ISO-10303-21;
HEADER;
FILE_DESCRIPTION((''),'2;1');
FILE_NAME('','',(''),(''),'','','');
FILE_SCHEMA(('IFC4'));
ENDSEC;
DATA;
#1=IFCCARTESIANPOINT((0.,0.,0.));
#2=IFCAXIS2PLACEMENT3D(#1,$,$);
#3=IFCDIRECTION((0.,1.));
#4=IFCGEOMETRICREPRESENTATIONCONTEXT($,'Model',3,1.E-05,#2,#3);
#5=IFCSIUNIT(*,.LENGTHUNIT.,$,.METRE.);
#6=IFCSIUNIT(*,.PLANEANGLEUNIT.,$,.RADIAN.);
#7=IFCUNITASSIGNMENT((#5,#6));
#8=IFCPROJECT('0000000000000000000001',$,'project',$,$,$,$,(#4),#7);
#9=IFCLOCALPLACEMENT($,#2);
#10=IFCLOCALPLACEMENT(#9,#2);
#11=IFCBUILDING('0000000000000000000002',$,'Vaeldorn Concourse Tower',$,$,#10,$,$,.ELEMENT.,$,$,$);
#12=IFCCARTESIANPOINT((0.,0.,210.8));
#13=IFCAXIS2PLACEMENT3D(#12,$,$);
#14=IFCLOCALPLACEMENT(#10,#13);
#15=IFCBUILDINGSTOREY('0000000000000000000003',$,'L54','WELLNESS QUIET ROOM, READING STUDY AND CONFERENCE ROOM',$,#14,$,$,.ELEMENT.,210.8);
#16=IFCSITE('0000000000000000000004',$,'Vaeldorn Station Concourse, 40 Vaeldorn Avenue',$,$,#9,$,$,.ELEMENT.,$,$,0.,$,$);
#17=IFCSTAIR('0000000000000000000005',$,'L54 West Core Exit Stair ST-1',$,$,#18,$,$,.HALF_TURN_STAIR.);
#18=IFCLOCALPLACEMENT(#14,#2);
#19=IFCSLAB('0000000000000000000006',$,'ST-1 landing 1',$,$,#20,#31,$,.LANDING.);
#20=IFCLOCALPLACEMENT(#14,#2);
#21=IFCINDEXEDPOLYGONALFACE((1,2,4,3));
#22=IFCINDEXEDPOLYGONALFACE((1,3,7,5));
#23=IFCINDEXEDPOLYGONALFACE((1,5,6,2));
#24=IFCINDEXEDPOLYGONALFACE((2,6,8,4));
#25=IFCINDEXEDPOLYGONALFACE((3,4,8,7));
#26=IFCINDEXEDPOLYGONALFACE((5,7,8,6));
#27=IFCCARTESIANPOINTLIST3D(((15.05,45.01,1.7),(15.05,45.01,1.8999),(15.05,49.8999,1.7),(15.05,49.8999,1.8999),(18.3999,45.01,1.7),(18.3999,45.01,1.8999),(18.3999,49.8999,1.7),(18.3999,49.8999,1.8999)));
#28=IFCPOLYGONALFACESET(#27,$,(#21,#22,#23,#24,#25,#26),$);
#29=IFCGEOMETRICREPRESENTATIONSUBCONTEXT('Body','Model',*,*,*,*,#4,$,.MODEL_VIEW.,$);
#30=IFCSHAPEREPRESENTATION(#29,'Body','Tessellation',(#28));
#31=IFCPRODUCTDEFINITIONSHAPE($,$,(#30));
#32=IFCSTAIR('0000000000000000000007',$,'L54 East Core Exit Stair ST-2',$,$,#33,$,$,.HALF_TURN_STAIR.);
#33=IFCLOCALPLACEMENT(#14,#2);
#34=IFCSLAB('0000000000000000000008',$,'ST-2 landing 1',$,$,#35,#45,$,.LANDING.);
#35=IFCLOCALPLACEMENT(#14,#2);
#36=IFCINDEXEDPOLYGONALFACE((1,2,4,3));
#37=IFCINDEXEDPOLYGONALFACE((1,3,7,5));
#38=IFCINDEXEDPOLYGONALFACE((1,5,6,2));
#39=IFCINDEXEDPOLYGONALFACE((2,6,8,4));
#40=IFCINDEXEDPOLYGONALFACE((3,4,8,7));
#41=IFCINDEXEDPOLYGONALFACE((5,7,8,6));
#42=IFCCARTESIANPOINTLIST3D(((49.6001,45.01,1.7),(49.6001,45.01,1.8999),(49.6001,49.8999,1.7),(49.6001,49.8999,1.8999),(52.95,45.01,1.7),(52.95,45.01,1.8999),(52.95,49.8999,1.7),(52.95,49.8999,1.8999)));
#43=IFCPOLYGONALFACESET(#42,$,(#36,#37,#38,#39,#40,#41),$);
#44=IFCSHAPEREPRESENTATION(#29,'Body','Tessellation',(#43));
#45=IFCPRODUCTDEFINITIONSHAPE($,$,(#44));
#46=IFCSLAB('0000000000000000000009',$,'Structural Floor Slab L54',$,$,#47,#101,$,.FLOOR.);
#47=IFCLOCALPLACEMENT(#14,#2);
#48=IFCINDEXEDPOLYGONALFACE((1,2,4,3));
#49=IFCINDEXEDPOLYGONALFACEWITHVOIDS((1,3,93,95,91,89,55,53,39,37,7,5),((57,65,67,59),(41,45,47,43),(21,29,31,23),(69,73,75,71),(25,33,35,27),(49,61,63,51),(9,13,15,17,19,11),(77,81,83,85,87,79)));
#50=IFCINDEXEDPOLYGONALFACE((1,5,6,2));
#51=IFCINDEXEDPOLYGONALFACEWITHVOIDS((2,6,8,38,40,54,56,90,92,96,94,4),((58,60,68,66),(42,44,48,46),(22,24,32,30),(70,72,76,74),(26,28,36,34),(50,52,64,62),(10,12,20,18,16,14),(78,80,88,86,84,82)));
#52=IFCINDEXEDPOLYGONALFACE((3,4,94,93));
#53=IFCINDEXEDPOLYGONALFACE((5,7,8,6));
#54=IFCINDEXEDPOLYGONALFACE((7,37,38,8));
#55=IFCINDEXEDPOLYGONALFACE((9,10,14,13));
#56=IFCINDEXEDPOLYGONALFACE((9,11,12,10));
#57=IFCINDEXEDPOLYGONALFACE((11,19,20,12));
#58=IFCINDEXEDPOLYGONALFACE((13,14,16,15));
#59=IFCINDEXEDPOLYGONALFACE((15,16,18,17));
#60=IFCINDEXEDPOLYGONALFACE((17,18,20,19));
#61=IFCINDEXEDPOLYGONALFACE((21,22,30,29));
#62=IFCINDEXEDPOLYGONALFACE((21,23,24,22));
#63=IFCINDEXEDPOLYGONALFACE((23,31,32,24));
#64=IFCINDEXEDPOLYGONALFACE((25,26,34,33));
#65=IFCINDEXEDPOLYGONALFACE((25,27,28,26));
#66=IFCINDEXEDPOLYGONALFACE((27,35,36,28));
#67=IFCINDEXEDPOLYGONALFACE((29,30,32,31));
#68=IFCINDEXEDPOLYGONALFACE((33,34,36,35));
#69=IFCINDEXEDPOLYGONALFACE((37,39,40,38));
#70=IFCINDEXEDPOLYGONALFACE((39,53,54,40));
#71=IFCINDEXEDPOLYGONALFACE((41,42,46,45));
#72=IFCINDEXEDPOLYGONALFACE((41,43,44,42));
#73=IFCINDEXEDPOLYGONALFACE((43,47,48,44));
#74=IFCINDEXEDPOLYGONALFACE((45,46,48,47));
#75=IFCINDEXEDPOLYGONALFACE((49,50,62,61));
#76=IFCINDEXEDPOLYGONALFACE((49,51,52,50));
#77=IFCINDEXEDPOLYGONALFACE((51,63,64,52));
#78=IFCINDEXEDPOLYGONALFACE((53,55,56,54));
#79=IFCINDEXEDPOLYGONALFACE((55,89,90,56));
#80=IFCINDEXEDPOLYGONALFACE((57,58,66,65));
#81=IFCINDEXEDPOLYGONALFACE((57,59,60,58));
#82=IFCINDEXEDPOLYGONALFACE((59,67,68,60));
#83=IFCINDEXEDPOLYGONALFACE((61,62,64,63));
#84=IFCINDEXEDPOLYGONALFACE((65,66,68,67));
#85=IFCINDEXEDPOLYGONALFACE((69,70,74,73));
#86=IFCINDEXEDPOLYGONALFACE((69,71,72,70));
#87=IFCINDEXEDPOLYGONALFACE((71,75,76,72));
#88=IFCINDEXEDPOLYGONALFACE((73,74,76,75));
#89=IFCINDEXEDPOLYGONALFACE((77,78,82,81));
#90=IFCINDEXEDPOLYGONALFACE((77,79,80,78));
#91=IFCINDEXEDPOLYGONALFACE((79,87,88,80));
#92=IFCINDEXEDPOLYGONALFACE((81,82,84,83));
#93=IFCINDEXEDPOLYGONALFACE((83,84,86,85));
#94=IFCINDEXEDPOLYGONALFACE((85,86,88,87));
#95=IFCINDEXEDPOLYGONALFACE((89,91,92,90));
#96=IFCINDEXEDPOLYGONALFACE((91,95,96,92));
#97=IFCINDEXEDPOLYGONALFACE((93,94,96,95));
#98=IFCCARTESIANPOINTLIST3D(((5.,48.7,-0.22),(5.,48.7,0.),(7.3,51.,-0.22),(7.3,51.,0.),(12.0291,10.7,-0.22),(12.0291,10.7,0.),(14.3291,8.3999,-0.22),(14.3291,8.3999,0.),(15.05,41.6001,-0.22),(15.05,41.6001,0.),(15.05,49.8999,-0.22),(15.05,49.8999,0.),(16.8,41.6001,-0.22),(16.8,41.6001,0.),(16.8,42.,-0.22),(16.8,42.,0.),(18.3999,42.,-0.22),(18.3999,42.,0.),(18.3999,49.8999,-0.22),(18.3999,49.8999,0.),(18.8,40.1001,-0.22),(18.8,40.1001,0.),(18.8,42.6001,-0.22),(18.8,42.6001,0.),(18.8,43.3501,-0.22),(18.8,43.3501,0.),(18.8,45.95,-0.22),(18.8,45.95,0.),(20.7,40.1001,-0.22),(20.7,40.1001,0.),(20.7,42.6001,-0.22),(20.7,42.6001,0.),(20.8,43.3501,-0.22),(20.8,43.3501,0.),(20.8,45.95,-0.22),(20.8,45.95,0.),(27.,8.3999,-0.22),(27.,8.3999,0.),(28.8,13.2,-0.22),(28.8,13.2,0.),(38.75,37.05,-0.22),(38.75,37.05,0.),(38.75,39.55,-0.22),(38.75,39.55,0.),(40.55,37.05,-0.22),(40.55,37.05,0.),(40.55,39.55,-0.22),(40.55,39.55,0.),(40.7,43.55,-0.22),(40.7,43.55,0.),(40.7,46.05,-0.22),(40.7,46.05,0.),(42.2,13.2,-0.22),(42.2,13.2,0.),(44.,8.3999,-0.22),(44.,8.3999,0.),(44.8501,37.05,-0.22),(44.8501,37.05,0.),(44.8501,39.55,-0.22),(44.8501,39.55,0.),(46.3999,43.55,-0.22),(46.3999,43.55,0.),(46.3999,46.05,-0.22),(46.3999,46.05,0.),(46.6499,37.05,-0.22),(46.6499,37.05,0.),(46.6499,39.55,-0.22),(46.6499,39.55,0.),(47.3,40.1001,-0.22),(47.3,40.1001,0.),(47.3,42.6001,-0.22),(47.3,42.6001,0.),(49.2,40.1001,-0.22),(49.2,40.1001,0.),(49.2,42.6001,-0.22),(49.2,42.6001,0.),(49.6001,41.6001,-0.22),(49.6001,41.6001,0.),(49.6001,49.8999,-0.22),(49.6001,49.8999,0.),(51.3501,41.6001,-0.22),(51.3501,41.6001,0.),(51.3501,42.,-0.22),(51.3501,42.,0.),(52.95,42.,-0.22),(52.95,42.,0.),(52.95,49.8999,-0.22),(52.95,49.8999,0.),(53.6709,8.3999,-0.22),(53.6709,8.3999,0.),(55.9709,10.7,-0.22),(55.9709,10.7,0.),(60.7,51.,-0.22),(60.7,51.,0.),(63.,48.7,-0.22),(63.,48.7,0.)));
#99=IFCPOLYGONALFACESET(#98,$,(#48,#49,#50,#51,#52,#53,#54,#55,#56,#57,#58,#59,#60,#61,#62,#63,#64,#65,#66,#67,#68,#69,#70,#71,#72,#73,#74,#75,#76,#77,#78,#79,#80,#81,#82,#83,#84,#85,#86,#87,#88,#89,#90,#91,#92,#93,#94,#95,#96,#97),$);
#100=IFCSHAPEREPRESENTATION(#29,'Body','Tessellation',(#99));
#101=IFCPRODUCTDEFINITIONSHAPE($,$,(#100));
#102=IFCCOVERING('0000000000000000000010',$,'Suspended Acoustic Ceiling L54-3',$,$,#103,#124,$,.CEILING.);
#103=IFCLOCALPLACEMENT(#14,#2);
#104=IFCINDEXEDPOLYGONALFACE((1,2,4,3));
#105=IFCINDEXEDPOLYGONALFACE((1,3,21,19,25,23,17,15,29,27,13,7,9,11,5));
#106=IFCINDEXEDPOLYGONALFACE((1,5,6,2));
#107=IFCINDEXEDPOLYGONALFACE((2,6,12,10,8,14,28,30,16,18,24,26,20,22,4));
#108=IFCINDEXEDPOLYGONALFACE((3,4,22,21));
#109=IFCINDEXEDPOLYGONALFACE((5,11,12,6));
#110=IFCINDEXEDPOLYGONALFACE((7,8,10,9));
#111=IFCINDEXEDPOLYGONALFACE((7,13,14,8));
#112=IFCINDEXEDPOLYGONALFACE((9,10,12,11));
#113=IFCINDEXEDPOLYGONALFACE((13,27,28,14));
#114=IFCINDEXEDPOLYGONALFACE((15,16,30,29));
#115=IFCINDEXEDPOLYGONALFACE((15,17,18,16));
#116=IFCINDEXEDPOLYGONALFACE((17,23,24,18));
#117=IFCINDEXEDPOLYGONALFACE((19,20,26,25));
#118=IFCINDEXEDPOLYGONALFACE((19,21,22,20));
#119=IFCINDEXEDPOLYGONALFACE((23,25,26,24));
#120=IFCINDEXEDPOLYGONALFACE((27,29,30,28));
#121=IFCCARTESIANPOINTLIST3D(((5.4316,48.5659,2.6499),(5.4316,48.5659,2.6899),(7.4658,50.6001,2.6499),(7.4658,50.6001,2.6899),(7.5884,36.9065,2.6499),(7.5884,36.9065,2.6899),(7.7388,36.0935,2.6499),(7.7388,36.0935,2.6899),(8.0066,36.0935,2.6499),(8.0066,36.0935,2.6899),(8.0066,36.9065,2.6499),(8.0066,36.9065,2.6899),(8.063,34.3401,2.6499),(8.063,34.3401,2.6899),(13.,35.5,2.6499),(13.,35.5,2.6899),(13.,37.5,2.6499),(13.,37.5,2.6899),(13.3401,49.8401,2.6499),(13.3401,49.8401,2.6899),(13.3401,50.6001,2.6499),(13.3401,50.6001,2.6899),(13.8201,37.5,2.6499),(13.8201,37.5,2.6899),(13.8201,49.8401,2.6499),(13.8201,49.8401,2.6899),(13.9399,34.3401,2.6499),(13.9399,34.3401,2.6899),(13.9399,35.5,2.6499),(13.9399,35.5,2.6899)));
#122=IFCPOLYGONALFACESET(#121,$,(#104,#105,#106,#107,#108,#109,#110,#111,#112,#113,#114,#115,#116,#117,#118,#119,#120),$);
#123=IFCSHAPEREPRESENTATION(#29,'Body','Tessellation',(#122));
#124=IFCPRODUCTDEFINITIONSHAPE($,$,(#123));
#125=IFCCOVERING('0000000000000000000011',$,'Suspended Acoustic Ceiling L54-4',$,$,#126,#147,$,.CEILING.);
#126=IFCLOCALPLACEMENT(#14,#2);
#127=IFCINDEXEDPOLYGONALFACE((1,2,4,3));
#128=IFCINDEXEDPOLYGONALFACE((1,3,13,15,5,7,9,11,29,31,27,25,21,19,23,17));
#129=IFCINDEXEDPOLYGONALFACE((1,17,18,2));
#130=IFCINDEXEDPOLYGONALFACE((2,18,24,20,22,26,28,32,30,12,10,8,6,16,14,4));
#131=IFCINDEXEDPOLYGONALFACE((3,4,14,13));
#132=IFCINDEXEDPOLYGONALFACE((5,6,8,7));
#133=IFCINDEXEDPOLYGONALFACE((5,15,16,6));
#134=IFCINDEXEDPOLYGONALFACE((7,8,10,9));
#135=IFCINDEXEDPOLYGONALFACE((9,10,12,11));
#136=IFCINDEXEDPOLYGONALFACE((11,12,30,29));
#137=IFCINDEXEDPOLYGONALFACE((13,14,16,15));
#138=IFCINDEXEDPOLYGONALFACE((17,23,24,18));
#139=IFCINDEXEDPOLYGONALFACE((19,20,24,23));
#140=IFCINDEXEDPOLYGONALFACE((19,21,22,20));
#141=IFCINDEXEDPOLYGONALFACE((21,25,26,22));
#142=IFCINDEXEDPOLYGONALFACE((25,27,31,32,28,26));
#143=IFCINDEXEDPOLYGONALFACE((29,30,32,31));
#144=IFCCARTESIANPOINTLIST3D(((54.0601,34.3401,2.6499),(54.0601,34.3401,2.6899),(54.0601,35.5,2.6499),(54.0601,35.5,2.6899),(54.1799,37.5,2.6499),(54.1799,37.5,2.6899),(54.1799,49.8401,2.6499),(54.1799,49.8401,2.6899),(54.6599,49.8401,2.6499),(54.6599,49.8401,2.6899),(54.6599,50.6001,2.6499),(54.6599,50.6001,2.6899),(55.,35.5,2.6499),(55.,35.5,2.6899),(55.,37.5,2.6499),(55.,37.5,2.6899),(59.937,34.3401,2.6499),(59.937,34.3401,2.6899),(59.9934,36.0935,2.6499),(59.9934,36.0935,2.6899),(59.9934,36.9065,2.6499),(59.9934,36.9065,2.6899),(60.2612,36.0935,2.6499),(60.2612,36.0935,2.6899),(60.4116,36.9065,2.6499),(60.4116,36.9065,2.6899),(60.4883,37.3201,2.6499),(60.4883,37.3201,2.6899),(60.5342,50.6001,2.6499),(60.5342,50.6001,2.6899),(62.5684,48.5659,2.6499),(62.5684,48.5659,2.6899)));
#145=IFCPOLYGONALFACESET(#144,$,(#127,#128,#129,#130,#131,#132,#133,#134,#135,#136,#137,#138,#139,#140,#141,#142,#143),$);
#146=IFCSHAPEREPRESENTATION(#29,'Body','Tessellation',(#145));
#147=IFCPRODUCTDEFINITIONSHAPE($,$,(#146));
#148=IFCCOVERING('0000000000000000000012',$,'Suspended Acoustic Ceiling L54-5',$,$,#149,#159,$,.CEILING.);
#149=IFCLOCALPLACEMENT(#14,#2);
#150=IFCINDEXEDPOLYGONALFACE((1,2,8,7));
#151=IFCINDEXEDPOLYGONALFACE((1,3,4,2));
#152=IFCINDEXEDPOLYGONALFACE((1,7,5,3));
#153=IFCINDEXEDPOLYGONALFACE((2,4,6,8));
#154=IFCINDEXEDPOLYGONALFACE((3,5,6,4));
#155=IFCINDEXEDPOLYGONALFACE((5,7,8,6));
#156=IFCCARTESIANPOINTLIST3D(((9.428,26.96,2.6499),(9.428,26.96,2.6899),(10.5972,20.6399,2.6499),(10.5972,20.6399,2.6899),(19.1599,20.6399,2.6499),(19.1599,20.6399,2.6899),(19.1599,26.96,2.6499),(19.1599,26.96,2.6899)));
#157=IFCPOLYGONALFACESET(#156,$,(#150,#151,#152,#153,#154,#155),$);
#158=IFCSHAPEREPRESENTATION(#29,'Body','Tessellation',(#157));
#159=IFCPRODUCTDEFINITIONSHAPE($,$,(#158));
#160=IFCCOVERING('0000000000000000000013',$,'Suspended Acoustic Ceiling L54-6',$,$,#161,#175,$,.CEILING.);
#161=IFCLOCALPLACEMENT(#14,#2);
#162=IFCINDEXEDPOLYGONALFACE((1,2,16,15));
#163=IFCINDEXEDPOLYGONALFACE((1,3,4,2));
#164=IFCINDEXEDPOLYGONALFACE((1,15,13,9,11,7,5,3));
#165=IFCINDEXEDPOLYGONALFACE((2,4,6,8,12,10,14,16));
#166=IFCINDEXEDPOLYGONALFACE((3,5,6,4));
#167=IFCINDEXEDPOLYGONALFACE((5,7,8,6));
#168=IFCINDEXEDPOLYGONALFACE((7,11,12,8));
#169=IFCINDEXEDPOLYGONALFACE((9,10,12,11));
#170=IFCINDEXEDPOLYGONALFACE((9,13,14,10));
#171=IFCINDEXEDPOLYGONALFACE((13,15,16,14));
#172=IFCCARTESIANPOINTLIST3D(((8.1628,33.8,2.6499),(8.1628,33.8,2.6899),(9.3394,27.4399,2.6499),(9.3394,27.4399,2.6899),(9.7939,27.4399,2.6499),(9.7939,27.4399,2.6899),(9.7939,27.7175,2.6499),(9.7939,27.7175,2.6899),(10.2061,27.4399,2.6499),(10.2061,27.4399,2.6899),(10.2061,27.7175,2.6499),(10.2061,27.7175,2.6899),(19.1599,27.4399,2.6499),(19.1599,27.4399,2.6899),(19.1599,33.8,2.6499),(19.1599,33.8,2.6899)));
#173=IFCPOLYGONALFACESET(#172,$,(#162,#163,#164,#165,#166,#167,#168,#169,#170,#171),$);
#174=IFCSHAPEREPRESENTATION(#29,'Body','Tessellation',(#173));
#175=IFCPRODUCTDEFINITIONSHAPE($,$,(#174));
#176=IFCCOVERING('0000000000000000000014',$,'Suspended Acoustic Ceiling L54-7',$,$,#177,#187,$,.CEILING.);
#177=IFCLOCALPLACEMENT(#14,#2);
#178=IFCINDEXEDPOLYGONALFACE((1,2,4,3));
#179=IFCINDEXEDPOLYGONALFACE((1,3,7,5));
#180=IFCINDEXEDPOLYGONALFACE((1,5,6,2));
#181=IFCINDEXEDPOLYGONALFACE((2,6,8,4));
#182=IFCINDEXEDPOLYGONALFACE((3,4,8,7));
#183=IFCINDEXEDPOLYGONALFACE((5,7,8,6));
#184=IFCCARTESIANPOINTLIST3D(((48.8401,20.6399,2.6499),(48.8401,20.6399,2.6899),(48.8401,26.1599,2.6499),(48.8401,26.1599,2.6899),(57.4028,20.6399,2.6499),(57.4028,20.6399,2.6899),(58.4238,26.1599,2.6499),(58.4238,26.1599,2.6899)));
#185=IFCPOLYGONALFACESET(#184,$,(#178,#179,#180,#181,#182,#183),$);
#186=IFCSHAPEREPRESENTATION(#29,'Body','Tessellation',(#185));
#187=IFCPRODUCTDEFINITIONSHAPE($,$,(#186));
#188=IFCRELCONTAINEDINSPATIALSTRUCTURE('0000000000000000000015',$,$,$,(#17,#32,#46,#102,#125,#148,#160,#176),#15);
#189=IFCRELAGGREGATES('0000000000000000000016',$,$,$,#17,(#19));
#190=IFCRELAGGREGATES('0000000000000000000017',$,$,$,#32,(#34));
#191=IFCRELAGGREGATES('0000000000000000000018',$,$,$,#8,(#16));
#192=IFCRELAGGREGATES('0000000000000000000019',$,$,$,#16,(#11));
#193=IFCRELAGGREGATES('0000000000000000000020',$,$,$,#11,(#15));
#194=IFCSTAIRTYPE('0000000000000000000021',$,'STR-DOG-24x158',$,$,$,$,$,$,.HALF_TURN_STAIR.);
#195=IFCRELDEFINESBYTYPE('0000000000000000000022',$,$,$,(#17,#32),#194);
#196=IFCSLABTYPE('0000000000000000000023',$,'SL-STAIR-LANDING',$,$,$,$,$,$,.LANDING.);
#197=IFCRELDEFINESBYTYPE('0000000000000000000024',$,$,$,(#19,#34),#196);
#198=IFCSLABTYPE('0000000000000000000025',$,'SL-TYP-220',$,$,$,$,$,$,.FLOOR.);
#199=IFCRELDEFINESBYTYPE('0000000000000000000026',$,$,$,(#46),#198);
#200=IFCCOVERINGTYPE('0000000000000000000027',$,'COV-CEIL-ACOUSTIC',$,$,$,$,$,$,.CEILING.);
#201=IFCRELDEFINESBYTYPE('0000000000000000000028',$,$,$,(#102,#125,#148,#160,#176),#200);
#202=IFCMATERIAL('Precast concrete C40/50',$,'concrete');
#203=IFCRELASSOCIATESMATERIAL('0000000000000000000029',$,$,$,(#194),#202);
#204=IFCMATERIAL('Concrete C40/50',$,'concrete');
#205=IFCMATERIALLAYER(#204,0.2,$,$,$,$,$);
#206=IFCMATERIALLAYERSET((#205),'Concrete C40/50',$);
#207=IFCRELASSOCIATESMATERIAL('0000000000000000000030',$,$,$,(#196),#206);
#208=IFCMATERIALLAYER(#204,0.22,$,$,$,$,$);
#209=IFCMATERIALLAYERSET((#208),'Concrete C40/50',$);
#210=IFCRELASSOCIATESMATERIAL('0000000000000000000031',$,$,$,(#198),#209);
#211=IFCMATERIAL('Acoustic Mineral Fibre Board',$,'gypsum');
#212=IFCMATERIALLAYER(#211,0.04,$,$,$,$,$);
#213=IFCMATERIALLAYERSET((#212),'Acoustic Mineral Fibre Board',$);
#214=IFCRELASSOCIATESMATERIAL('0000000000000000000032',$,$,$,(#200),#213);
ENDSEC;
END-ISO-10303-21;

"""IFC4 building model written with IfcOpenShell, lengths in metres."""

from ifc_helpers import new_model, si_unit, direction, frame, origin, place, context, subcontext, project, spatial, polyline, outline, extrude, material, layer, layer_set, type_object, element, aggregate, save


model = new_model("IFC4")

# Units and contexts
model_context = context("Model", 3, precision=1e-05, world=origin(), true_north=direction((0.0, 1.0)))
body_context = subcontext(model_context, "Body", "Model", "MODEL_VIEW")
ifc_project = project(units=[si_unit("LENGTHUNIT", "METRE"), si_unit("PLANEANGLEUNIT", "RADIAN")], contexts=[model_context])

# Site, building, storey
site_placement = place(None, origin())
site = spatial("IfcSite", under=ifc_project, at=site_placement, Name="Vaeldorn Station Concourse, 40 Vaeldorn Avenue", CompositionType="ELEMENT", RefElevation=0.0)
building_placement = place(site_placement, origin())
building = spatial("IfcBuilding", under=site, at=building_placement, Name="Vaeldorn Concourse Tower", CompositionType="ELEMENT")
storey_placement = place(building_placement, frame((0.0, 0.0, 210.8)))
storey = spatial("IfcBuildingStorey", under=building, at=storey_placement, Name="L54", Description="WELLNESS QUIET ROOM, READING STUDY AND CONFERENCE ROOM", CompositionType="ELEMENT", Elevation=210.8)

# Stairs, slabs
ifc_material_1 = material(Name="Precast concrete C40/50", Category="concrete")
stair_type = type_object("IfcStairType", Name="STR-DOG-24x158", PredefinedType="HALF_TURN_STAIR", material=ifc_material_1)
stair_1_placement = place(storey_placement, origin())
stair_1 = element("IfcStair", 1, at=stair_1_placement, inside=storey, type_object=stair_type, Name="L54 West Core Exit Stair ST-1", PredefinedType="HALF_TURN_STAIR")
ifc_material_2 = material(Name="Concrete C40/50", Category="concrete")
ifc_layer_1 = layer(ifc_material_2, 0.2)
ifc_layer_set_1 = layer_set([ifc_layer_1], Name="Concrete C40/50")
slab_type_1 = type_object("IfcSlabType", Name="SL-STAIR-LANDING", PredefinedType="LANDING", material=ifc_layer_set_1)
slab_1_placement = place(storey_placement, frame((0.0, 0.0, 1.7)))
slab_1 = element("IfcSlab", 2, at=slab_1_placement, type_object=slab_type_1, Name="ST-1 landing 1", PredefinedType="LANDING", context=body_context, shape_type="SweptSolid", body=[
    extrude(outline(polyline([(18.3999, 45.01), (18.3999, 49.8999), (15.05, 49.8999), (15.05, 45.01), (18.3999, 45.01)])), origin(), (0.0, 0.0, 1.0), 0.2),
])
aggregate(stair_1, [slab_1])
stair_2_placement = place(storey_placement, origin())
stair_2 = element("IfcStair", 3, at=stair_2_placement, inside=storey, type_object=stair_type, Name="L54 East Core Exit Stair ST-2", PredefinedType="HALF_TURN_STAIR")
slab_2_placement = place(storey_placement, frame((0.0, 0.0, 1.7)))
slab_2 = element("IfcSlab", 4, at=slab_2_placement, type_object=slab_type_1, Name="ST-2 landing 1", PredefinedType="LANDING", context=body_context, shape_type="SweptSolid", body=[
    extrude(outline(polyline([(52.95, 45.01), (52.95, 49.8999), (49.6001, 49.8999), (49.6001, 45.01), (52.95, 45.01)])), origin(), (0.0, 0.0, 1.0), 0.2),
])
aggregate(stair_2, [slab_2])

# Slab
ifc_layer_2 = layer(ifc_material_2, 0.22)
ifc_layer_set_2 = layer_set([ifc_layer_2], Name="Concrete C40/50")
slab_type_2 = type_object("IfcSlabType", Name="SL-TYP-220", PredefinedType="FLOOR", material=ifc_layer_set_2)
slab_3_placement = place(storey_placement, frame((0.0, 0.0, -0.22)))
element("IfcSlab", 5, at=slab_3_placement, inside=storey, type_object=slab_type_2, Name="Structural Floor Slab L54", PredefinedType="FLOOR", context=body_context, shape_type="SweptSolid", body=[
    extrude(outline(polyline([(14.3291, 8.3999), (27.0, 8.3999), (28.8, 13.2), (42.2, 13.2), (44.0, 8.3999), (53.6709, 8.3999), (55.9709, 10.7), (63.0, 48.7), (60.7, 51.0), (7.3, 51.0), (5.0, 48.7), (12.0291, 10.7), (14.3291, 8.3999)]), holes=[polyline([(18.3999, 42.0), (18.3999, 49.8999), (15.05, 49.8999), (15.05, 41.6001), (16.8, 41.6001), (16.8, 42.0), (18.3999, 42.0)]), polyline([(52.95, 42.0), (52.95, 49.8999), (49.6001, 49.8999), (49.6001, 41.6001), (51.3501, 41.6001), (51.3501, 42.0), (52.95, 42.0)]), polyline([(38.75, 37.05), (40.55, 37.05), (40.55, 39.55), (38.75, 39.55), (38.75, 37.05)]), polyline([(44.8501, 37.05), (46.6499, 37.05), (46.6499, 39.55), (44.8501, 39.55), (44.8501, 37.05)]), polyline([(40.7, 43.55), (46.3999, 43.55), (46.3999, 46.05), (40.7, 46.05), (40.7, 43.55)]), polyline([(18.8, 43.3501), (20.8, 43.3501), (20.8, 45.95), (18.8, 45.95), (18.8, 43.3501)]), polyline([(18.8, 40.1001), (20.7, 40.1001), (20.7, 42.6001), (18.8, 42.6001), (18.8, 40.1001)]), polyline([(47.3, 40.1001), (49.2, 40.1001), (49.2, 42.6001), (47.3, 42.6001), (47.3, 40.1001)])]), origin(), (0.0, 0.0, 1.0), 0.22),
])

# Coverings
ifc_material_3 = material(Name="Acoustic Mineral Fibre Board", Category="gypsum")
ifc_layer_3 = layer(ifc_material_3, 0.04)
ifc_layer_set_3 = layer_set([ifc_layer_3], Name="Acoustic Mineral Fibre Board")
covering_type_1 = type_object("IfcCoveringType", Name="COV-CEIL-ACOUSTIC", PredefinedType="CEILING", material=ifc_layer_set_3)
covering_1_placement = place(storey_placement, frame((0.0, 0.0, 2.6499)))
element("IfcCovering", 6, at=covering_1_placement, inside=storey, type_object=covering_type_1, Name="Suspended Acoustic Ceiling L54-3", PredefinedType="CEILING", context=body_context, shape_type="SweptSolid", body=[
    extrude(outline(polyline([(7.4658, 50.6001), (13.3401, 50.6001), (13.3401, 49.8401), (13.8201, 49.8401), (13.8201, 37.5), (13.0, 37.5), (13.0, 35.5), (13.9399, 35.5), (13.9399, 34.3401), (8.063, 34.3401), (7.7388, 36.0935), (8.0066, 36.0935), (8.0066, 36.9065), (7.5884, 36.9065), (5.4316, 48.5659), (7.4658, 50.6001)])), origin(), (0.0, 0.0, 1.0), 0.04),
])
covering_2_placement = place(storey_placement, frame((0.0, 0.0, 2.6499)))
element("IfcCovering", 7, at=covering_2_placement, inside=storey, type_object=covering_type_1, Name="Suspended Acoustic Ceiling L54-4", PredefinedType="CEILING", context=body_context, shape_type="SweptSolid", body=[
    extrude(outline(polyline([(54.1799, 49.8401), (54.6599, 49.8401), (54.6599, 50.6001), (60.5342, 50.6001), (62.5684, 48.5659), (60.4883, 37.3201), (60.4883, 37.3201), (60.4116, 36.9065), (59.9934, 36.9065), (59.9934, 36.0935), (60.2612, 36.0935), (59.937, 34.3401), (54.0601, 34.3401), (54.0601, 35.5), (55.0, 35.5), (55.0, 37.5), (54.1799, 37.5), (54.1799, 49.8401)])), origin(), (0.0, 0.0, 1.0), 0.04),
])
covering_3_placement = place(storey_placement, frame((0.0, 0.0, 2.6499)))
element("IfcCovering", 8, at=covering_3_placement, inside=storey, type_object=covering_type_1, Name="Suspended Acoustic Ceiling L54-5", PredefinedType="CEILING", context=body_context, shape_type="SweptSolid", body=[
    extrude(outline(polyline([(19.1599, 26.96), (19.1599, 20.6399), (10.5972, 20.6399), (9.428, 26.96), (19.1599, 26.96)])), origin(), (0.0, 0.0, 1.0), 0.04),
])
covering_4_placement = place(storey_placement, frame((0.0, 0.0, 2.6499)))
element("IfcCovering", 9, at=covering_4_placement, inside=storey, type_object=covering_type_1, Name="Suspended Acoustic Ceiling L54-6", PredefinedType="CEILING", context=body_context, shape_type="SweptSolid", body=[
    extrude(outline(polyline([(19.1599, 33.8), (19.1599, 27.4399), (10.2061, 27.4399), (10.2061, 27.7175), (9.7939, 27.7175), (9.7939, 27.4399), (9.3394, 27.4399), (8.1628, 33.8), (19.1599, 33.8)])), origin(), (0.0, 0.0, 1.0), 0.04),
])
covering_5_placement = place(storey_placement, frame((0.0, 0.0, 2.6499)))
element("IfcCovering", 10, at=covering_5_placement, inside=storey, type_object=covering_type_1, Name="Suspended Acoustic Ceiling L54-7", PredefinedType="CEILING", context=body_context, shape_type="SweptSolid", body=[
    extrude(outline(polyline([(48.8401, 20.6399), (48.8401, 26.1599), (58.4238, 26.1599), (57.4028, 20.6399), (48.8401, 20.6399)])), origin(), (0.0, 0.0, 1.0), 0.04),
])

save(model, "model.ifc")
